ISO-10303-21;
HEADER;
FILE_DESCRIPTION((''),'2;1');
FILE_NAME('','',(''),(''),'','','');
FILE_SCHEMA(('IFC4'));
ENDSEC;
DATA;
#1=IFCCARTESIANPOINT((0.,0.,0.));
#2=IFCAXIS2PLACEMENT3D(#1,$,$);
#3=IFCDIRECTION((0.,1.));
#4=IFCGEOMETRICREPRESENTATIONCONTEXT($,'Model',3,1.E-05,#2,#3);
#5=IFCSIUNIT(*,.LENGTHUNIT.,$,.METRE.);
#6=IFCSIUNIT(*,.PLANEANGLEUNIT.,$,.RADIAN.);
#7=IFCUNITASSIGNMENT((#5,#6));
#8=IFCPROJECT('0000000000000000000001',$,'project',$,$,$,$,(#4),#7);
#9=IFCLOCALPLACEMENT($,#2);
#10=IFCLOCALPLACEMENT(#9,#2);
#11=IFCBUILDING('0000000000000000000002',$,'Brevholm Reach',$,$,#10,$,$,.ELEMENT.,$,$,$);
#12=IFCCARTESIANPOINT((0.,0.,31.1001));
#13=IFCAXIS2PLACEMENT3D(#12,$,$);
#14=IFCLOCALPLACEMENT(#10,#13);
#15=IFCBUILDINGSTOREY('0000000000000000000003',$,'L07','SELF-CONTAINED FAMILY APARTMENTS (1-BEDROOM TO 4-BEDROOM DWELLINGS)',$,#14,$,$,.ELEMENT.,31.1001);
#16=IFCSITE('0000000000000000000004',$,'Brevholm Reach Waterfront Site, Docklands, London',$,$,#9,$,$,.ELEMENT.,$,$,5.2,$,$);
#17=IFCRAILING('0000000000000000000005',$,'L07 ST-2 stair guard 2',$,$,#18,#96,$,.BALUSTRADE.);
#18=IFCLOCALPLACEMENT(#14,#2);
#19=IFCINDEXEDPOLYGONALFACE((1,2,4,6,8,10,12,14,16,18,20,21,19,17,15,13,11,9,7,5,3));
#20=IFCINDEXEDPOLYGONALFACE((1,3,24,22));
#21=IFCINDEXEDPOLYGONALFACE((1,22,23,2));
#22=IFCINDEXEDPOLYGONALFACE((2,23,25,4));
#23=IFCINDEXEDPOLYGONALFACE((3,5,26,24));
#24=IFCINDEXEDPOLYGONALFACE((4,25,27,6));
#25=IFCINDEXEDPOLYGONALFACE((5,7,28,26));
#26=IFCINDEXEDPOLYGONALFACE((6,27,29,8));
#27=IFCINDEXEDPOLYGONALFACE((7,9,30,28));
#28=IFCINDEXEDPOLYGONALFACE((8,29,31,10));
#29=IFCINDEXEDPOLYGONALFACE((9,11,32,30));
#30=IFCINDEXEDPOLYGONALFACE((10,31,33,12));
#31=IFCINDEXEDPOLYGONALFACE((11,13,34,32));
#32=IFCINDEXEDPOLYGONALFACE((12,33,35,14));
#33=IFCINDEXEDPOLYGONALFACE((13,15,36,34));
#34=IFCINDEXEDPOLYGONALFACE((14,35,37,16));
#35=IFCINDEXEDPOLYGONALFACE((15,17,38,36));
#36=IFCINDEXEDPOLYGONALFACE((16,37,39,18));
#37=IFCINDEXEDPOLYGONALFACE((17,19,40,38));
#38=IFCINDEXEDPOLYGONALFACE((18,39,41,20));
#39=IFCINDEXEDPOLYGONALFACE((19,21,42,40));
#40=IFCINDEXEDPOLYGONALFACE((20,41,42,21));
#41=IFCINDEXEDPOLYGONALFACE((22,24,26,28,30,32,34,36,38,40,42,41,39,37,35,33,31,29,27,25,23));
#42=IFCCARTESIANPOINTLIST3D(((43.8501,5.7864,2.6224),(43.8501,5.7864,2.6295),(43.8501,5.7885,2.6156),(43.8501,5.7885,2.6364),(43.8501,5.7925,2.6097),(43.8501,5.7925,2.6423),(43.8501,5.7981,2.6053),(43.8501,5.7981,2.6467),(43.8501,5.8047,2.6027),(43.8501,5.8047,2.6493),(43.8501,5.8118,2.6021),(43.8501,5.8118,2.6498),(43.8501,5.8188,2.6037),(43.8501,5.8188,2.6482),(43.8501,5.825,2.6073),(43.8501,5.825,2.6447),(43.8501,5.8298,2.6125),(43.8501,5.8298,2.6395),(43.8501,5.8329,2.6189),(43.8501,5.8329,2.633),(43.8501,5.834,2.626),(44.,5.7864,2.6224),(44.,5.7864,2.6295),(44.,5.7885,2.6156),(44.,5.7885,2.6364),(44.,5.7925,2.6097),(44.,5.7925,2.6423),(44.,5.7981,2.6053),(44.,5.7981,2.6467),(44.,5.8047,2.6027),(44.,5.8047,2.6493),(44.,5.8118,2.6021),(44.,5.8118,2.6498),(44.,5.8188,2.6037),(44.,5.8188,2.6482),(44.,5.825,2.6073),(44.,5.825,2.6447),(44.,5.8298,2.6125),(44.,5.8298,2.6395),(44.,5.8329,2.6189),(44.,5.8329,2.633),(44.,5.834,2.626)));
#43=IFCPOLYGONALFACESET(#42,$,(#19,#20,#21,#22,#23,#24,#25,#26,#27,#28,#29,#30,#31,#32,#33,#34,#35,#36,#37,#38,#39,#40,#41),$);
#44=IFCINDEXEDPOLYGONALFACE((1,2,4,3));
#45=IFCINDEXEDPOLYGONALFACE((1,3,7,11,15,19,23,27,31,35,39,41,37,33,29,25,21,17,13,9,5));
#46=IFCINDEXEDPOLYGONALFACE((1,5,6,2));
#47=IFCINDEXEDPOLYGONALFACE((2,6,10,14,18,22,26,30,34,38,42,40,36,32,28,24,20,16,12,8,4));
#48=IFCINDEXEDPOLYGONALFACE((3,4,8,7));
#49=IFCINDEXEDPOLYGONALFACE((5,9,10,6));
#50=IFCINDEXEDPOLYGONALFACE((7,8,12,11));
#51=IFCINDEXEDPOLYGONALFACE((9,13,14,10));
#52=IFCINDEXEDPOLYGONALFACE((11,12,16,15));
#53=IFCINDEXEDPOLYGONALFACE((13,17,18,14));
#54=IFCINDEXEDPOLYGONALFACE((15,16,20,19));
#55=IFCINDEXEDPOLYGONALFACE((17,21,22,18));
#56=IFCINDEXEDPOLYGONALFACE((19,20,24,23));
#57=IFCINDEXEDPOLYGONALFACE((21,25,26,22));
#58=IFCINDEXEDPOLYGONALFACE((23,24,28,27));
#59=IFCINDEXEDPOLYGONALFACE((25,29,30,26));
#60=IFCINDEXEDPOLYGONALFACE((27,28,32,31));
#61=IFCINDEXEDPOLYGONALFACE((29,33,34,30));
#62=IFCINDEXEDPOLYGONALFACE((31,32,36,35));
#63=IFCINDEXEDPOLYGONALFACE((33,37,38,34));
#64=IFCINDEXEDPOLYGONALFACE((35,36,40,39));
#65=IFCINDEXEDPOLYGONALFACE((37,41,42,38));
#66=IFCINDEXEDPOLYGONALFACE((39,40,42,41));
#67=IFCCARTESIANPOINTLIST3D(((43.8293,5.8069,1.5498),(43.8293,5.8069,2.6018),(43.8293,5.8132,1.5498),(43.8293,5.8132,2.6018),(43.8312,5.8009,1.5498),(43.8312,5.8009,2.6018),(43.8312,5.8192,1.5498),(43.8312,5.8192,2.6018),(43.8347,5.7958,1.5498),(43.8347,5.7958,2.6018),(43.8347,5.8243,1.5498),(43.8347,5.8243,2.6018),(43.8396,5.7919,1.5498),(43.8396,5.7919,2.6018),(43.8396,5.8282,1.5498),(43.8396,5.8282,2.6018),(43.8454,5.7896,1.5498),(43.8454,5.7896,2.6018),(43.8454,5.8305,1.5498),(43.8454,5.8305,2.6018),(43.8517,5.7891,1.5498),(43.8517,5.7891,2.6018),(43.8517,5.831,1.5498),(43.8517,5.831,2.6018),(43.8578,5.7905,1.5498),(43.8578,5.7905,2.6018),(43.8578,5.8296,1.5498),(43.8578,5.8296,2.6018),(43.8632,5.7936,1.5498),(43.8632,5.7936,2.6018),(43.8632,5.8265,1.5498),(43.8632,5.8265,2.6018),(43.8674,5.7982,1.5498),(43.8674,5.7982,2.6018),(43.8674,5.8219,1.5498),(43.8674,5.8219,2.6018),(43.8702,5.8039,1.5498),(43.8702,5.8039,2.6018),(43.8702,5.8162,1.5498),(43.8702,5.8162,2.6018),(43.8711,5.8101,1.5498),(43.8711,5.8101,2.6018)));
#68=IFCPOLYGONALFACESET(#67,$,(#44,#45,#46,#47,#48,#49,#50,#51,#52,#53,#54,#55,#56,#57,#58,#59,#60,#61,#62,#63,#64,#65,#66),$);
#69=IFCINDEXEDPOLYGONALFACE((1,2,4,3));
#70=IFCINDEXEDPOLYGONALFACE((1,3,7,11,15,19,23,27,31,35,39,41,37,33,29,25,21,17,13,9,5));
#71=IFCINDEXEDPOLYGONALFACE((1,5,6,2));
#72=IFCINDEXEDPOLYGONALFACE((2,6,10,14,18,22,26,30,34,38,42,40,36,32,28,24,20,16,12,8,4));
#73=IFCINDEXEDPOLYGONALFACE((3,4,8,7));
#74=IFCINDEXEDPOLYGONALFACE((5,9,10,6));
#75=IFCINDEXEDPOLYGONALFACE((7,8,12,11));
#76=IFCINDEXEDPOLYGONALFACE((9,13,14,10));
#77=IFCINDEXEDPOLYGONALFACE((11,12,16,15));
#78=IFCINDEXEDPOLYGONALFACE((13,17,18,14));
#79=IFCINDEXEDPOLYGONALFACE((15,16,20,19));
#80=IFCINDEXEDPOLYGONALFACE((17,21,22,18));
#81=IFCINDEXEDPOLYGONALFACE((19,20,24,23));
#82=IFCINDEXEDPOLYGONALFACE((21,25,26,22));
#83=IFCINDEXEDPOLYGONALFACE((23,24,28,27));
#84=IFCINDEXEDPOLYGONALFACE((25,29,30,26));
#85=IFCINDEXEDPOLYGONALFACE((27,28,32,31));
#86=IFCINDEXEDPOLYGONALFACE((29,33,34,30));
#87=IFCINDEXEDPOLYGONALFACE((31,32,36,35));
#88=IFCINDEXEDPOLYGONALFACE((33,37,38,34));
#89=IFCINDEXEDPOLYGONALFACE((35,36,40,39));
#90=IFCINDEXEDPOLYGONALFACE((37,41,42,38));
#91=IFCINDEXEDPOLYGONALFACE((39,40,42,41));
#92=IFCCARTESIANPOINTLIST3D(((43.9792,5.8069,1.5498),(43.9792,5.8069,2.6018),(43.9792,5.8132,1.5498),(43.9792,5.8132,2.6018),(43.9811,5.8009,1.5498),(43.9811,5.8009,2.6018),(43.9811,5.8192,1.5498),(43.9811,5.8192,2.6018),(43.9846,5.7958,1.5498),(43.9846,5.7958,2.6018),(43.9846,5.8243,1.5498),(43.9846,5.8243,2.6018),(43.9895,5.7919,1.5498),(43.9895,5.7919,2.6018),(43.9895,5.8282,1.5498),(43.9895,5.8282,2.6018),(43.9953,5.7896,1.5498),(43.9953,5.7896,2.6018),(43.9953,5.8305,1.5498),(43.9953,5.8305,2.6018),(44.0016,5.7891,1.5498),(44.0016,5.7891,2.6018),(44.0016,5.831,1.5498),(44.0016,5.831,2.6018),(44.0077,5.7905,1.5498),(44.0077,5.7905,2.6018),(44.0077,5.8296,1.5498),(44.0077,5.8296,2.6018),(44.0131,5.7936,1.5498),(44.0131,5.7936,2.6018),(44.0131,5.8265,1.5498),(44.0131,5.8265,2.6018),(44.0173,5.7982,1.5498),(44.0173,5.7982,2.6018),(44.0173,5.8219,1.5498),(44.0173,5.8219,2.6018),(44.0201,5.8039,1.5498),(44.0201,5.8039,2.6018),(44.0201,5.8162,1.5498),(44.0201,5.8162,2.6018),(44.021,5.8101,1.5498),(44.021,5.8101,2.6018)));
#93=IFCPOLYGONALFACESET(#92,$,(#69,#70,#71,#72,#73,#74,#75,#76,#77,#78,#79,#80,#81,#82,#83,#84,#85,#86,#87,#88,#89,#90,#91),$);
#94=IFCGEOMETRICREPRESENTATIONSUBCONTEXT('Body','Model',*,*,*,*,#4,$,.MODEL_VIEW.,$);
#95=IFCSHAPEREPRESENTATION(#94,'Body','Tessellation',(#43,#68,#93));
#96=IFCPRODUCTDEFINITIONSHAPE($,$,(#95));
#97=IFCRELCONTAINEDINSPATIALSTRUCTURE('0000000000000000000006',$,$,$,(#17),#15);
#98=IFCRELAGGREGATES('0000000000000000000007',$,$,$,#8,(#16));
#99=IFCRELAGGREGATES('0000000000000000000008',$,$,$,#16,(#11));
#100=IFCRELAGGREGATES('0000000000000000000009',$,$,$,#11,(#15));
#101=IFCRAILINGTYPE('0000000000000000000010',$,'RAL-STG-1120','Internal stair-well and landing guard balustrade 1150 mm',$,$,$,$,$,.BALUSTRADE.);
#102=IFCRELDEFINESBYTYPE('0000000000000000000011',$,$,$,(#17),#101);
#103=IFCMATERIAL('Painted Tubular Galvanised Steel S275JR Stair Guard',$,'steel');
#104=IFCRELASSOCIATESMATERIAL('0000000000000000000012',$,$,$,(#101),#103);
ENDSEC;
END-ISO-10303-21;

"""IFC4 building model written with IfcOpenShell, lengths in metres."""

from ifc_helpers import new_model, si_unit, direction, frame, origin, origin_2d, place, context, subcontext, project, spatial, circle, extrude, material, type_object, element, save


model = new_model("IFC4")

# Units and contexts
model_context = context("Model", 3, precision=1e-05, world=origin(), true_north=direction((0.0, 1.0)))
body_context = subcontext(model_context, "Body", "Model", "MODEL_VIEW")
ifc_project = project(units=[si_unit("LENGTHUNIT", "METRE"), si_unit("PLANEANGLEUNIT", "RADIAN")], contexts=[model_context])

# Site, building, storey
site_placement = place(None, origin())
site = spatial("IfcSite", under=ifc_project, at=site_placement, Name="Brevholm Reach Waterfront Site, Docklands, London", CompositionType="ELEMENT", RefElevation=5.2)
building_placement = place(site_placement, origin())
building = spatial("IfcBuilding", under=site, at=building_placement, Name="Brevholm Reach", CompositionType="ELEMENT")
storey_placement = place(building_placement, frame((0.0, 0.0, 31.1001)))
storey = spatial("IfcBuildingStorey", under=building, at=storey_placement, Name="L07", Description="SELF-CONTAINED FAMILY APARTMENTS (1-BEDROOM TO 4-BEDROOM DWELLINGS)", CompositionType="ELEMENT", Elevation=31.1001)

# Railing
ifc_material_1 = material(Name="Painted Tubular Galvanised Steel S275JR Stair Guard", Category="steel")
railing_type_1 = type_object("IfcRailingType", Name="RAL-STG-1120", Description="Internal stair-well and landing guard balustrade 1150 mm", PredefinedType="BALUSTRADE", material=ifc_material_1)
railing_1_placement = place(storey_placement, frame((43.8501, 5.8101, 1.5498)))
element("IfcRailing", 1, at=railing_1_placement, inside=storey, type_object=railing_type_1, Name="L07 ST-2 stair guard 2", PredefinedType="BALUSTRADE", context=body_context, shape_type="SweptSolid", body=[
    extrude(circle(Radius=0.0239, at=origin_2d()), frame((0.0, 0.0, 1.0762), z_axis=(1.0, 0.0, 0.0), x_axis=(0.0, 1.0, 0.0)), (0.0, 0.0, 1.0), 0.1499),
    extrude(circle(Radius=0.021, at=origin_2d()), origin(), (0.0, 0.0, 1.0), 1.052),
    extrude(circle(Radius=0.021, at=origin_2d()), frame((0.1499, 0.0, 0.0)), (0.0, 0.0, 1.0), 1.052),
])

save(model, "model.ifc")
